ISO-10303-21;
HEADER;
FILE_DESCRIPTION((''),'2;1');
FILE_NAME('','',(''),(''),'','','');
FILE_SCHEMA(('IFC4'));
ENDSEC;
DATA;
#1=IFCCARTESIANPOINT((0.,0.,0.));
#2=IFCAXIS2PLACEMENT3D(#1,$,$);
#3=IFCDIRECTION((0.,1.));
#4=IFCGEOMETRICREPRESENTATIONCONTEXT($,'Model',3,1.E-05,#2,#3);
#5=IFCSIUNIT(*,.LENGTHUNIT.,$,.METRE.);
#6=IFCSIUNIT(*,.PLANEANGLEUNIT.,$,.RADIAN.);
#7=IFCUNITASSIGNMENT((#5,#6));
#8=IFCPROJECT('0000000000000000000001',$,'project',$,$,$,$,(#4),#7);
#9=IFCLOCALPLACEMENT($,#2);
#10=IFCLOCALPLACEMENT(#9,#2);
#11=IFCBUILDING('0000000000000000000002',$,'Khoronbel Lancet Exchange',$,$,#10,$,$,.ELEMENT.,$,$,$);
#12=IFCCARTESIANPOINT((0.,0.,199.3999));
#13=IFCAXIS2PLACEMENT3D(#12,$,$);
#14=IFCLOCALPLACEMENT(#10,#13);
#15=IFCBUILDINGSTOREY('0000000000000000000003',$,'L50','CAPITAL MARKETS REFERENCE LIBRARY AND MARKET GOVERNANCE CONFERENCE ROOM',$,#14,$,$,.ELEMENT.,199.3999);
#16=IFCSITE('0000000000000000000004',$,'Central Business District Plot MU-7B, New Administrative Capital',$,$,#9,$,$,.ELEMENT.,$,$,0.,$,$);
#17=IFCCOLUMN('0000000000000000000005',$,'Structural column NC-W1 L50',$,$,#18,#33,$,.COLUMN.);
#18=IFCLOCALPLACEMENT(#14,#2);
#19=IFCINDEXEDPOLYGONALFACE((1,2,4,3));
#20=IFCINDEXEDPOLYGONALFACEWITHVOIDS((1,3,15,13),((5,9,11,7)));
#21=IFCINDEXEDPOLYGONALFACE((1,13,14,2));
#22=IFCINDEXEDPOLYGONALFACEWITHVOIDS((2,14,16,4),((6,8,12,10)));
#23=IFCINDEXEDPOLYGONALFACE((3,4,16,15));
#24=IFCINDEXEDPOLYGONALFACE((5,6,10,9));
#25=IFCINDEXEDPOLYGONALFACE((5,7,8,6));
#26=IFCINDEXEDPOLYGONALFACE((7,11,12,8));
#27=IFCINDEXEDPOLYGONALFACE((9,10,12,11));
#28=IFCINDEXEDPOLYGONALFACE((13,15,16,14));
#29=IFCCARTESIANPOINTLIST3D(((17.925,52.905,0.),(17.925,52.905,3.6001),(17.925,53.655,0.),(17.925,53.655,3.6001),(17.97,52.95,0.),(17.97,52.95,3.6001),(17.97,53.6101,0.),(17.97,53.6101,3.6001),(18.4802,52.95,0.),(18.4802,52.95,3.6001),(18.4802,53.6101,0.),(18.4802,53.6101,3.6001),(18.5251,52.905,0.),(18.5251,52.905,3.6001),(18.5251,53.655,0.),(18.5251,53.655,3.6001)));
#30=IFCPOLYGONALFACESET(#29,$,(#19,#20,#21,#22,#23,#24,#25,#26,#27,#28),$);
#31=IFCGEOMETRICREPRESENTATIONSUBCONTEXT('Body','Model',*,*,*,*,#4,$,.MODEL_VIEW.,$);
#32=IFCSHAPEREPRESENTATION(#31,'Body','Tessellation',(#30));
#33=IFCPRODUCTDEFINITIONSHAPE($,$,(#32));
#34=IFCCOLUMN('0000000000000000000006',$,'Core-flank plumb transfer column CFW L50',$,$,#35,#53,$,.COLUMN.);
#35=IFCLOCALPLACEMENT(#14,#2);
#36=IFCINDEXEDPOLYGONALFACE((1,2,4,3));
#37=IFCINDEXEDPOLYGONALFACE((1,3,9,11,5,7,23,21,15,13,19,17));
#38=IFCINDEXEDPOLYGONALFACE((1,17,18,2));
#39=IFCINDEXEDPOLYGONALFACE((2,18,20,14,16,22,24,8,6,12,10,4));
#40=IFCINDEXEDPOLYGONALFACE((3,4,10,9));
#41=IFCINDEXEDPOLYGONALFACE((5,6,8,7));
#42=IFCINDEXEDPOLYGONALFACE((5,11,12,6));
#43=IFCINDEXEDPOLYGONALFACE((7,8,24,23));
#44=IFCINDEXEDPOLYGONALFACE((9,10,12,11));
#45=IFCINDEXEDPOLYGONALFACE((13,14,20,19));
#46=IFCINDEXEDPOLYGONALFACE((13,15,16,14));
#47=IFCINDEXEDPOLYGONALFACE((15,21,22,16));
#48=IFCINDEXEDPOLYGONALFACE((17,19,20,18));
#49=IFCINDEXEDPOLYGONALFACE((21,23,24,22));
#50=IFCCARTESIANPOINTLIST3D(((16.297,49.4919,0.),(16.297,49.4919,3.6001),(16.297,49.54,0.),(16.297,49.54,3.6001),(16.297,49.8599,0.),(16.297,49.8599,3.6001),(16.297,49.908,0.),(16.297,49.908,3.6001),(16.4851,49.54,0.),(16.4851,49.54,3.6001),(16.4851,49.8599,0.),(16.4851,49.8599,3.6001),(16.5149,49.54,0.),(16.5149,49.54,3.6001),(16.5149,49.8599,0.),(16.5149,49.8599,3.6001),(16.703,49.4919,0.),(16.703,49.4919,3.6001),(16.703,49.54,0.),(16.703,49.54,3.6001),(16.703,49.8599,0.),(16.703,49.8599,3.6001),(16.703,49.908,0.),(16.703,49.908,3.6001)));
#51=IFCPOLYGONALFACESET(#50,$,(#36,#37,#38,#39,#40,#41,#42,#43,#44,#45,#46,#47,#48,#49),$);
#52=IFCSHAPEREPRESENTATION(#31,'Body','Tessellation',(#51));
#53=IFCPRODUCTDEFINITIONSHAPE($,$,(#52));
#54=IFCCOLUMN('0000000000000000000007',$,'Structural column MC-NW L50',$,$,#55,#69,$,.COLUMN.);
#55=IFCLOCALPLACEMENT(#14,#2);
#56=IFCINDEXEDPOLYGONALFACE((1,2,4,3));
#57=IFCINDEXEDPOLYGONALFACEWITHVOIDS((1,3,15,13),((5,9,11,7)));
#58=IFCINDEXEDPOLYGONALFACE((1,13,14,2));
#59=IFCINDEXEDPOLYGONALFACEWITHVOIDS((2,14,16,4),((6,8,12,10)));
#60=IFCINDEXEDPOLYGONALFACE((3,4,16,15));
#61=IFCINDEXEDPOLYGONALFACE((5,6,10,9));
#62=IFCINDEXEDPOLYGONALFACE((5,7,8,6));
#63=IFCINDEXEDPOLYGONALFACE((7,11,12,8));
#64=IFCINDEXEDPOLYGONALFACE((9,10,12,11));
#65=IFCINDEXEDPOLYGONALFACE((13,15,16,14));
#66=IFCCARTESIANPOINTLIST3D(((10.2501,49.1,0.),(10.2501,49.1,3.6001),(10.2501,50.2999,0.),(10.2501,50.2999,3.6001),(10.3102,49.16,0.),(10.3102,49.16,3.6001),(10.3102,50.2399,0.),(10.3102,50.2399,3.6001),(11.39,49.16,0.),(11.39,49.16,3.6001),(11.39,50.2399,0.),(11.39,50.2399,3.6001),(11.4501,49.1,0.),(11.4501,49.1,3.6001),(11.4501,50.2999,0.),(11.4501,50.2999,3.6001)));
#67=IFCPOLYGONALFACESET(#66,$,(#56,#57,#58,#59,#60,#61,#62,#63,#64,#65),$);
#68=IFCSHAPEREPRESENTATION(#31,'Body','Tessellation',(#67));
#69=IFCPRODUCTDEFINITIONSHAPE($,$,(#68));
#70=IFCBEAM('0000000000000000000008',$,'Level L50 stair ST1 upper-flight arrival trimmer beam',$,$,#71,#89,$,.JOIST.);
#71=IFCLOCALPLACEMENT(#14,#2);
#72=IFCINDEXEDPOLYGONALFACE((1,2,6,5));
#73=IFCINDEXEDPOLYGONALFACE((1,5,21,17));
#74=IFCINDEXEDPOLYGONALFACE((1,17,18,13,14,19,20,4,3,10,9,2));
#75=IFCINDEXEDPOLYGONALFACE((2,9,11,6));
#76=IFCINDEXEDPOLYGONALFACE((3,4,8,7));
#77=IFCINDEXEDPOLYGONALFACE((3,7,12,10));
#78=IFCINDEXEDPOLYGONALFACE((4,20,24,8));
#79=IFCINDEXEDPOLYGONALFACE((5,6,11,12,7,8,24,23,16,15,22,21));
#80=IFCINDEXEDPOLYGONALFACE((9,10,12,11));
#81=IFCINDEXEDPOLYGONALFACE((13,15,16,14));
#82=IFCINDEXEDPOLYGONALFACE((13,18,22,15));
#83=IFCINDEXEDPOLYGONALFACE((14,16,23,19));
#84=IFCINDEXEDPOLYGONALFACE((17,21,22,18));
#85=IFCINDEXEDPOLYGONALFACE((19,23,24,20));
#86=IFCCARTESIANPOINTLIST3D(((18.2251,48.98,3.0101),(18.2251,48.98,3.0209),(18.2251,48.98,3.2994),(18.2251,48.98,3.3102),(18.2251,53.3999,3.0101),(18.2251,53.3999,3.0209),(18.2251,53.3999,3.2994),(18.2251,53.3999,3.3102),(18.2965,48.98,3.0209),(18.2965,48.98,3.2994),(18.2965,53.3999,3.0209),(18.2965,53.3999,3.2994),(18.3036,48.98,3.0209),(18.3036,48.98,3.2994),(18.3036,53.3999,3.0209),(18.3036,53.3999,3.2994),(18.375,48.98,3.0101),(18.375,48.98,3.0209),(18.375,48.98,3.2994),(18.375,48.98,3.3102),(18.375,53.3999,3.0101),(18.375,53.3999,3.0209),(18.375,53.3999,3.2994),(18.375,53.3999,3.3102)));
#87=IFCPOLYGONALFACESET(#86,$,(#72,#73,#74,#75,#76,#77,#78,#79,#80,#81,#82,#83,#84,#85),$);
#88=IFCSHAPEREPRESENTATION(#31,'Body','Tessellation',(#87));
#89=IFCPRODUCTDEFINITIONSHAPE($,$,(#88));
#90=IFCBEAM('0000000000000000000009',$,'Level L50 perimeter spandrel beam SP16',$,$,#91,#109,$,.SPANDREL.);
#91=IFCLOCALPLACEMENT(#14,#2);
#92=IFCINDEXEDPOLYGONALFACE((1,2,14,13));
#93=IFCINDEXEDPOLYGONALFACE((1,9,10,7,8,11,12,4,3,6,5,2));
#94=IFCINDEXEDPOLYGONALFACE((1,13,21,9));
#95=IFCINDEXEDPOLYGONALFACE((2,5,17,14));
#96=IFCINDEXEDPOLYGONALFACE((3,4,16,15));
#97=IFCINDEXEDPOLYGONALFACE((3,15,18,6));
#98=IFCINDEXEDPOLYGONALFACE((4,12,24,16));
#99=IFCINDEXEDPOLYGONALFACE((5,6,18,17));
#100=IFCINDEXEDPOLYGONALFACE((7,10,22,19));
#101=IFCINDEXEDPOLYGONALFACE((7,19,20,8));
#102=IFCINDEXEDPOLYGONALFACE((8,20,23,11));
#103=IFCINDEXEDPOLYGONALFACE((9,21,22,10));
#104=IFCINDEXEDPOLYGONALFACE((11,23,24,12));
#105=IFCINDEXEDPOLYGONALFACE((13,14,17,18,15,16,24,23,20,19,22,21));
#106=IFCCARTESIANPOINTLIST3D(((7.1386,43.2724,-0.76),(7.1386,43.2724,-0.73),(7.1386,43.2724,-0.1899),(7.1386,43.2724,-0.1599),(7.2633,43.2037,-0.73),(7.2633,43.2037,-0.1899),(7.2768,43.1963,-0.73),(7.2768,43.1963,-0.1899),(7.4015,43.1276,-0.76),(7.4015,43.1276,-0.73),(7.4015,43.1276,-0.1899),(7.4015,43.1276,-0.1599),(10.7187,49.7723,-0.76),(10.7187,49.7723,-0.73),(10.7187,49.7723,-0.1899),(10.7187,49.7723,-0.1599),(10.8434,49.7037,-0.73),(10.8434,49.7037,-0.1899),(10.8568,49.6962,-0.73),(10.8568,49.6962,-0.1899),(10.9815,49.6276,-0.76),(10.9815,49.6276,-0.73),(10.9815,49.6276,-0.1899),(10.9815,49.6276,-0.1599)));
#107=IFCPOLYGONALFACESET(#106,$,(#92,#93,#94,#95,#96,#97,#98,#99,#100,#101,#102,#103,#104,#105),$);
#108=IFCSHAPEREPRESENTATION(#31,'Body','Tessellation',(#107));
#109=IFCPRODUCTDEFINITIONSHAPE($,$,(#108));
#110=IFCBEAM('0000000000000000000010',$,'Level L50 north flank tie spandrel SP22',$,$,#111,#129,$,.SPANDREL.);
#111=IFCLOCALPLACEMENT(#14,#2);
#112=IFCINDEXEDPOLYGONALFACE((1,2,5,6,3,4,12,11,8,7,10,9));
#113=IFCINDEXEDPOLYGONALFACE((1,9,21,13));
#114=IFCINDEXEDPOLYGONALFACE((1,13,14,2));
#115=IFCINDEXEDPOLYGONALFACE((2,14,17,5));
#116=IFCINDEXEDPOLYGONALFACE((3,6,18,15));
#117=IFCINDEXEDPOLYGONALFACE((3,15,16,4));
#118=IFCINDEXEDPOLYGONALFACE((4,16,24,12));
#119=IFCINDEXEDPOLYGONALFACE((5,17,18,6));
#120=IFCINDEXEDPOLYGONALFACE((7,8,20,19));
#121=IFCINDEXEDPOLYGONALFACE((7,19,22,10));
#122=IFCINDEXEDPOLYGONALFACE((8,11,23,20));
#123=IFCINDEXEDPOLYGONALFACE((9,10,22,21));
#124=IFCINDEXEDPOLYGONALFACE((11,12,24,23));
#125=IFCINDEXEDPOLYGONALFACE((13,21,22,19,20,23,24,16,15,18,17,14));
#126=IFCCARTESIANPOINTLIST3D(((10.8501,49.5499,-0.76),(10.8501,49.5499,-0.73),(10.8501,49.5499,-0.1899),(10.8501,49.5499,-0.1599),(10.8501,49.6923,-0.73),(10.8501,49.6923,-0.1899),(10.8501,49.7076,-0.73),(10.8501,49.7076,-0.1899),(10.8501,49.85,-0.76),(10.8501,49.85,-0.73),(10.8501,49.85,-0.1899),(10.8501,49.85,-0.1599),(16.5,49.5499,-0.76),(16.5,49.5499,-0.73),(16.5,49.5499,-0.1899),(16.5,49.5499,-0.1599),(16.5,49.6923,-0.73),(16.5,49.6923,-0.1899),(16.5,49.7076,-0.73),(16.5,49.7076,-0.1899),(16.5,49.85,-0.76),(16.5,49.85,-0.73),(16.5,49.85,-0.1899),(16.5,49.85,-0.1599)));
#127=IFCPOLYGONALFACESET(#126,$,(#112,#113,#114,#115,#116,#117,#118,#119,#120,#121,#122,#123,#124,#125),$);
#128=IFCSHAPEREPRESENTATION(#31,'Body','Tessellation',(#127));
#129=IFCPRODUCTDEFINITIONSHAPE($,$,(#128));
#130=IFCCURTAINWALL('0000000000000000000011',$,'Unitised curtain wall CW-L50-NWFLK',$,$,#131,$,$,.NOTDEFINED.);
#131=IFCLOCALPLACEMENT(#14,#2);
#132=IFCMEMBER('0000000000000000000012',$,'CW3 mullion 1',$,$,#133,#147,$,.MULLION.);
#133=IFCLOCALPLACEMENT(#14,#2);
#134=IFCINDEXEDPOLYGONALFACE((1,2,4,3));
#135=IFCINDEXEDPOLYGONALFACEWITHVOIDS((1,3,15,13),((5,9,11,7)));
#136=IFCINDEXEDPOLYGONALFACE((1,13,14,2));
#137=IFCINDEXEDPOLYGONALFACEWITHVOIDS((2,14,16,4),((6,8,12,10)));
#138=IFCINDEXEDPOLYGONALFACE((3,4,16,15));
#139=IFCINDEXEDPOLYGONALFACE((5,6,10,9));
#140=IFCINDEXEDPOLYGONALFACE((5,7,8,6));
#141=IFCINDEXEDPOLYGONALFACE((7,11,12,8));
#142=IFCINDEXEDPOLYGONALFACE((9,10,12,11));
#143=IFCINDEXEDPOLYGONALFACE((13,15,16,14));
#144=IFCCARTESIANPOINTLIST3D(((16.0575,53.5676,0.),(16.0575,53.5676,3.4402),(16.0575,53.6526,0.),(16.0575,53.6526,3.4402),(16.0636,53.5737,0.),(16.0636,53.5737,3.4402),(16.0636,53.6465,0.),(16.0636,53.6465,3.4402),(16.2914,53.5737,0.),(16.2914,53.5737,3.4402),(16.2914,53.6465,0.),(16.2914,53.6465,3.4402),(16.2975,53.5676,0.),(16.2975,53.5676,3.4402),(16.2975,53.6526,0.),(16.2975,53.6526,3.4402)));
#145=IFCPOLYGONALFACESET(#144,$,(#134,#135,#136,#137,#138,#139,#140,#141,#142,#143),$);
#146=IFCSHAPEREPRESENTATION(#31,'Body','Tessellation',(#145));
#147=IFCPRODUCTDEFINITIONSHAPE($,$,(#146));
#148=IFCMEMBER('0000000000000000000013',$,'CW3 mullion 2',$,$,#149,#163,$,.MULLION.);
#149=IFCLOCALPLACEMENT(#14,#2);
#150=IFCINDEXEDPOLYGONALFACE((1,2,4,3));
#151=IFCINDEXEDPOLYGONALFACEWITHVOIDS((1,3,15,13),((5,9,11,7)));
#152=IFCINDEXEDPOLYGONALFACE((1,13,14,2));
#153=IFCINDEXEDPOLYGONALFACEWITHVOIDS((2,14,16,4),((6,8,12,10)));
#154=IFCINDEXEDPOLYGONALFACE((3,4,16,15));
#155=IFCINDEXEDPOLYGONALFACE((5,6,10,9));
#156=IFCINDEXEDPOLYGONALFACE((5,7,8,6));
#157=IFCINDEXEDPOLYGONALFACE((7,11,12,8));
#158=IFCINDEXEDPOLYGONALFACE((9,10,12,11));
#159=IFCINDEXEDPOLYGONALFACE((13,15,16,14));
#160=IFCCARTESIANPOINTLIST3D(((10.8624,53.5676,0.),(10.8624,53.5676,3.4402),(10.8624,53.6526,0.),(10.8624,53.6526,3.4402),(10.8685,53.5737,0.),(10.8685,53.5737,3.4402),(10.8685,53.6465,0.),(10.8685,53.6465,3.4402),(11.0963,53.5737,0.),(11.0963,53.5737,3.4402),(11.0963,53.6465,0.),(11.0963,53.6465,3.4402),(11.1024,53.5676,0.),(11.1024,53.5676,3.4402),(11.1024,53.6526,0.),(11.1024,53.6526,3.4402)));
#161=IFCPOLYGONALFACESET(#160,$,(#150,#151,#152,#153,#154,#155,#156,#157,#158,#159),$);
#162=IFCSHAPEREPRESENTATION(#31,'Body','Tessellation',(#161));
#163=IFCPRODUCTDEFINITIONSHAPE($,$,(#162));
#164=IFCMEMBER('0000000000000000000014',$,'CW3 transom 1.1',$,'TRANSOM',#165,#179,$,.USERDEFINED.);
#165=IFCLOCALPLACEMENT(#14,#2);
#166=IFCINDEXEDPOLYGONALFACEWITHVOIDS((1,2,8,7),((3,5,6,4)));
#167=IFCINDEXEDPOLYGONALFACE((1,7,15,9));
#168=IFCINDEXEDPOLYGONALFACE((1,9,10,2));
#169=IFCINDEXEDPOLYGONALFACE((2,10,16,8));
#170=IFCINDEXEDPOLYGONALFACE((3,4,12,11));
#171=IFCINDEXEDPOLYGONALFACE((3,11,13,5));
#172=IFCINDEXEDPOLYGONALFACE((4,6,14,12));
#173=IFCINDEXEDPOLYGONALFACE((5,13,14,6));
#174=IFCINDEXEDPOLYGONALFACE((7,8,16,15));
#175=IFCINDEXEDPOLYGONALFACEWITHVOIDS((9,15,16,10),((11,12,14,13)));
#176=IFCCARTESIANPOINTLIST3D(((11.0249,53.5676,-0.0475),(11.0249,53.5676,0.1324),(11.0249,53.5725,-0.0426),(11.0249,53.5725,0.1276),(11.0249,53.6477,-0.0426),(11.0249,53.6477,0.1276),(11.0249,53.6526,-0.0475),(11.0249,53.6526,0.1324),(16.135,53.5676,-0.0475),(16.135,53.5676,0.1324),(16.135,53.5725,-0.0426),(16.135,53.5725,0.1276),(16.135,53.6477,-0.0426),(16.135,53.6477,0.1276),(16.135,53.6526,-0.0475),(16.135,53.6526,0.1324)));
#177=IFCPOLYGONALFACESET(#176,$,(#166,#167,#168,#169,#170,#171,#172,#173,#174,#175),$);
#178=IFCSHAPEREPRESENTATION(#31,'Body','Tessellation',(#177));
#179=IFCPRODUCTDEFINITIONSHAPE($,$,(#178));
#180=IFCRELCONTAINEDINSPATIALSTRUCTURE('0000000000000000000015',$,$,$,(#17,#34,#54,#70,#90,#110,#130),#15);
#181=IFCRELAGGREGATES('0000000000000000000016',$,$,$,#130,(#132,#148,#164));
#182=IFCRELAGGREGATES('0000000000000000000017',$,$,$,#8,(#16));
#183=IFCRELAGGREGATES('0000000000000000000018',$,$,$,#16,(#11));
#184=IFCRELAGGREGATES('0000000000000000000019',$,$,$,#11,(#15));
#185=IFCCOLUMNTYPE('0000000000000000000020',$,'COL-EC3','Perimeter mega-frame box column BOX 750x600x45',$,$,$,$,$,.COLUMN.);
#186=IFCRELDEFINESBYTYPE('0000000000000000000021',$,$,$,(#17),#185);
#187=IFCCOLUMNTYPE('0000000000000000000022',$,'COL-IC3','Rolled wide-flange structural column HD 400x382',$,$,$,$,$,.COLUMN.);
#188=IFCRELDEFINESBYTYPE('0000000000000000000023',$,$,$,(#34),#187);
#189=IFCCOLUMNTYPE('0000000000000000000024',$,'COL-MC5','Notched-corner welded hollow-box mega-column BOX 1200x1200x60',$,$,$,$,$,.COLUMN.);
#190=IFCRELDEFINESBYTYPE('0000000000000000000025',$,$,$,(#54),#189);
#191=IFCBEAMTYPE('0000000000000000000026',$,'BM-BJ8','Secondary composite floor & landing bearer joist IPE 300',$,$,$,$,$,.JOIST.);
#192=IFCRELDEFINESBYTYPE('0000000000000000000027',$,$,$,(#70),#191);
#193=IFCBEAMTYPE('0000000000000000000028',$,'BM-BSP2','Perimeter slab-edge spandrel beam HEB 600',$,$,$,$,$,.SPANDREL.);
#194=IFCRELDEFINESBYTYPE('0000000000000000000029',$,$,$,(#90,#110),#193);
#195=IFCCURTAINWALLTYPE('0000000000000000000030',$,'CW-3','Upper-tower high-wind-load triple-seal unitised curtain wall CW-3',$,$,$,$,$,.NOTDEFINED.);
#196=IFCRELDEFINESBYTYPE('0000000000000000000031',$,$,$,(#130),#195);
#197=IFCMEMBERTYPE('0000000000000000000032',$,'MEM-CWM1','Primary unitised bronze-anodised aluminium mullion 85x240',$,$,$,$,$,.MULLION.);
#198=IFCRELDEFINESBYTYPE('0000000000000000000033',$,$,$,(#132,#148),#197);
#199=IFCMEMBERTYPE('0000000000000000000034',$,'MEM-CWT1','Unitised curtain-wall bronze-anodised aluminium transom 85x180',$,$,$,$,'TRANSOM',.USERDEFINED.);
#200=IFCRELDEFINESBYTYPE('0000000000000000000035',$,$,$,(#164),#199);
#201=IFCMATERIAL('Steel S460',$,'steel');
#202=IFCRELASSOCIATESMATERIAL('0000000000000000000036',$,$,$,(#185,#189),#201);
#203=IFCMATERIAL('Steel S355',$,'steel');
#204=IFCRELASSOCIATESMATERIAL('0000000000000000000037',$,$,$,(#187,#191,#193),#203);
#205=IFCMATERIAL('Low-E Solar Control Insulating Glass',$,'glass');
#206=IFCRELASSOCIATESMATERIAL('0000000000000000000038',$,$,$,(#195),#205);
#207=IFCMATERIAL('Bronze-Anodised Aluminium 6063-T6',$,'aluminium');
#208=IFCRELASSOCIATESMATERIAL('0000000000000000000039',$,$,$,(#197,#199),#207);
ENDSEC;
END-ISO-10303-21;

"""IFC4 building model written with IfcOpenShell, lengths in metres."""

from ifc_helpers import new_model, si_unit, direction, frame, origin, origin_2d, place, context, subcontext, project, spatial, hollow_rectangle, i_section, extrude, material, material_profile, profile_set, type_object, element, aggregate, save


model = new_model("IFC4")

# Units and contexts
model_context = context("Model", 3, precision=1e-05, world=origin(), true_north=direction((0.0, 1.0)))
body_context = subcontext(model_context, "Body", "Model", "MODEL_VIEW")
ifc_project = project(units=[si_unit("LENGTHUNIT", "METRE"), si_unit("PLANEANGLEUNIT", "RADIAN")], contexts=[model_context])

# Site, building, storey
site_placement = place(None, origin())
site = spatial("IfcSite", under=ifc_project, at=site_placement, Name="Central Business District Plot MU-7B, New Administrative Capital", CompositionType="ELEMENT", RefElevation=0.0)
building_placement = place(site_placement, origin())
building = spatial("IfcBuilding", under=site, at=building_placement, Name="Khoronbel Lancet Exchange", CompositionType="ELEMENT")
storey_placement = place(building_placement, frame((0.0, 0.0, 199.3999)))
storey = spatial("IfcBuildingStorey", under=building, at=storey_placement, Name="L50", Description="CAPITAL MARKETS REFERENCE LIBRARY AND MARKET GOVERNANCE CONFERENCE ROOM", CompositionType="ELEMENT", Elevation=199.3999)

# Columns
ifc_material_1 = material(Name="Steel S460", Category="steel")
ifc_material_profile_1 = material_profile(ifc_material_1, hollow_rectangle(XDim=0.6001, YDim=0.75, WallThickness=0.0449, at=origin_2d()), Name="BOX 750x600x45")
ifc_profile_set_1 = profile_set([ifc_material_profile_1], Name="Steel S460")
column_type_1 = type_object("IfcColumnType", Name="COL-EC3", Description="Perimeter mega-frame box column BOX 750x600x45", PredefinedType="COLUMN", material=ifc_profile_set_1)
column_1_placement = place(storey_placement, frame((18.2251, 53.28, 0.0), z_axis=(0.0, 0.0, 1.0), x_axis=(1.0, 0.0, 0.0)))
element("IfcColumn", 1, at=column_1_placement, inside=storey, type_object=column_type_1, Name="Structural column NC-W1 L50", PredefinedType="COLUMN", context=body_context, shape_type="SweptSolid", body=[
    extrude(hollow_rectangle(XDim=0.6001, YDim=0.75, WallThickness=0.0449, at=origin_2d()), origin(), (0.0, 0.0, 1.0), 3.6001),
])
ifc_material_2 = material(Name="Steel S355", Category="steel")
ifc_material_profile_2 = material_profile(ifc_material_2, i_section(OverallWidth=0.406, OverallDepth=0.416, WebThickness=0.0298, FlangeThickness=0.0481, at=origin_2d()), Name="HD 400x382")
ifc_profile_set_2 = profile_set([ifc_material_profile_2], Name="Steel S355")
column_type_2 = type_object("IfcColumnType", Name="COL-IC3", Description="Rolled wide-flange structural column HD 400x382", PredefinedType="COLUMN", material=ifc_profile_set_2)
column_2_placement = place(storey_placement, frame((16.5, 49.7, 0.0), z_axis=(0.0, 0.0, 1.0), x_axis=(1.0, 0.0, 0.0)))
element("IfcColumn", 2, at=column_2_placement, inside=storey, type_object=column_type_2, Name="Core-flank plumb transfer column CFW L50", PredefinedType="COLUMN", context=body_context, shape_type="SweptSolid", body=[
    extrude(i_section(OverallWidth=0.406, OverallDepth=0.416, WebThickness=0.0298, FlangeThickness=0.0481, at=origin_2d()), origin(), (0.0, 0.0, 1.0), 3.6001),
])
ifc_material_profile_3 = material_profile(ifc_material_1, hollow_rectangle(XDim=1.2, YDim=1.2, WallThickness=0.0601, at=origin_2d()), Name="BOX 1200x1200x60")
ifc_profile_set_3 = profile_set([ifc_material_profile_3], Name="Steel S460")
column_type_3 = type_object("IfcColumnType", Name="COL-MC5", Description="Notched-corner welded hollow-box mega-column BOX 1200x1200x60", PredefinedType="COLUMN", material=ifc_profile_set_3)
column_3_placement = place(storey_placement, frame((10.8501, 49.7, 0.0), z_axis=(0.0, 0.0, 1.0), x_axis=(1.0, 0.0, 0.0)))
element("IfcColumn", 3, at=column_3_placement, inside=storey, type_object=column_type_3, Name="Structural column MC-NW L50", PredefinedType="COLUMN", context=body_context, shape_type="SweptSolid", body=[
    extrude(hollow_rectangle(XDim=1.2, YDim=1.2, WallThickness=0.0601, at=origin_2d()), origin(), (0.0, 0.0, 1.0), 3.6001),
])

# Beams
ifc_material_profile_4 = material_profile(ifc_material_2, i_section(OverallWidth=0.1499, OverallDepth=0.3, WebThickness=0.0071, FlangeThickness=0.0107, at=origin_2d()), Name="IPE 300")
ifc_profile_set_4 = profile_set([ifc_material_profile_4], Name="Steel S355")
beam_type_1 = type_object("IfcBeamType", Name="BM-BJ8", Description="Secondary composite floor & landing bearer joist IPE 300", PredefinedType="JOIST", material=ifc_profile_set_4)
beam_1_placement = place(storey_placement, frame((18.3, 48.98, 3.1602), z_axis=(0.0, 1.0, 0.0), x_axis=(-1.0, 0.0, 0.0)))
element("IfcBeam", 4, at=beam_1_placement, inside=storey, type_object=beam_type_1, Name="Level L50 stair ST1 upper-flight arrival trimmer beam", PredefinedType="JOIST", context=body_context, shape_type="SweptSolid", body=[
    extrude(i_section(OverallWidth=0.1499, OverallDepth=0.3, WebThickness=0.0071, FlangeThickness=0.0107, at=origin_2d()), origin(), (0.0, 0.0, 1.0), 4.4199),
])
ifc_material_profile_5 = material_profile(ifc_material_2, i_section(OverallWidth=0.3, OverallDepth=0.6001, WebThickness=0.0154, FlangeThickness=0.03, at=origin_2d()), Name="HEB 600")
ifc_profile_set_5 = profile_set([ifc_material_profile_5], Name="Steel S355")
beam_type_2 = type_object("IfcBeamType", Name="BM-BSP2", Description="Perimeter slab-edge spandrel beam HEB 600", PredefinedType="SPANDREL", material=ifc_profile_set_5)
beam_2_placement = place(storey_placement, frame((10.8501, 49.7, -0.46), z_axis=(-0.482444, -0.875927, 0.0), x_axis=(0.875927, -0.482444, 0.0)))
element("IfcBeam", 5, at=beam_2_placement, inside=storey, type_object=beam_type_2, Name="Level L50 perimeter spandrel beam SP16", PredefinedType="SPANDREL", context=body_context, shape_type="SweptSolid", body=[
    extrude(i_section(OverallWidth=0.3, OverallDepth=0.6001, WebThickness=0.0154, FlangeThickness=0.03, at=origin_2d()), origin(), (0.0, 0.0, 1.0), 7.4207),
])
beam_3_placement = place(storey_placement, frame((10.8501, 49.7, -0.46), z_axis=(1.0, 0.0, 0.0), x_axis=(0.0, 1.0, 0.0)))
element("IfcBeam", 6, at=beam_3_placement, inside=storey, type_object=beam_type_2, Name="Level L50 north flank tie spandrel SP22", PredefinedType="SPANDREL", context=body_context, shape_type="SweptSolid", body=[
    extrude(i_section(OverallWidth=0.3, OverallDepth=0.6001, WebThickness=0.0154, FlangeThickness=0.03, at=origin_2d()), origin(), (0.0, 0.0, 1.0), 5.6499),
])

# Curtain wall, members
ifc_material_3 = material(Name="Low-E Solar Control Insulating Glass", Category="glass")
curtain_wall_type = type_object("IfcCurtainWallType", Name="CW-3", Description="Upper-tower high-wind-load triple-seal unitised curtain wall CW-3", PredefinedType="NOTDEFINED", material=ifc_material_3)
curtain_wall_placement = place(storey_placement, origin())
curtain_wall = element("IfcCurtainWall", 7, at=curtain_wall_placement, inside=storey, type_object=curtain_wall_type, Name="Unitised curtain wall CW-L50-NWFLK", PredefinedType="NOTDEFINED")
ifc_material_4 = material(Name="Bronze-Anodised Aluminium 6063-T6", Category="aluminium")
ifc_material_profile_6 = material_profile(ifc_material_4, hollow_rectangle(XDim=0.085, YDim=0.24, WallThickness=0.0061, at=origin_2d()), Name="ALU MULLION 85x240")
ifc_profile_set_6 = profile_set([ifc_material_profile_6], Name="Bronze-Anodised Aluminium 6063-T6")
member_type_1 = type_object("IfcMemberType", Name="MEM-CWM1", Description="Primary unitised bronze-anodised aluminium mullion 85x240", PredefinedType="MULLION", material=ifc_profile_set_6)
member_1_placement = place(storey_placement, frame((16.1775, 53.6101, 0.0), z_axis=(0.0, 0.0, 1.0), x_axis=(0.0, -1.0, 0.0)))
member_1 = element("IfcMember", 8, at=member_1_placement, type_object=member_type_1, Name="CW3 mullion 1", PredefinedType="MULLION", context=body_context, shape_type="SweptSolid", body=[
    extrude(hollow_rectangle(XDim=0.085, YDim=0.24, WallThickness=0.0061, at=origin_2d()), origin(), (0.0, 0.0, 1.0), 3.4402),
])
member_2_placement = place(storey_placement, frame((10.9824, 53.6101, 0.0), z_axis=(0.0, 0.0, 1.0), x_axis=(0.0, -1.0, 0.0)))
member_2 = element("IfcMember", 9, at=member_2_placement, type_object=member_type_1, Name="CW3 mullion 2", PredefinedType="MULLION", context=body_context, shape_type="SweptSolid", body=[
    extrude(hollow_rectangle(XDim=0.085, YDim=0.24, WallThickness=0.0061, at=origin_2d()), origin(), (0.0, 0.0, 1.0), 3.4402),
])
ifc_material_profile_7 = material_profile(ifc_material_4, hollow_rectangle(XDim=0.085, YDim=0.1799, WallThickness=0.0049, at=origin_2d()), Name="ALU TRANSOM 85x180")
ifc_profile_set_7 = profile_set([ifc_material_profile_7], Name="Bronze-Anodised Aluminium 6063-T6")
member_type_2 = type_object("IfcMemberType", Name="MEM-CWT1", Description="Unitised curtain-wall bronze-anodised aluminium transom 85x180", ElementType="TRANSOM", PredefinedType="USERDEFINED", material=ifc_profile_set_7)
member_3_placement = place(storey_placement, frame((16.135, 53.6101, 0.0425), z_axis=(-1.0, 0.0, 0.0), x_axis=(0.0, -1.0, 0.0)))
member_3 = element("IfcMember", 10, at=member_3_placement, type_object=member_type_2, Name="CW3 transom 1.1", ObjectType="TRANSOM", PredefinedType="USERDEFINED", context=body_context, shape_type="SweptSolid", body=[
    extrude(hollow_rectangle(XDim=0.085, YDim=0.1799, WallThickness=0.0049, at=origin_2d()), origin(), (0.0, 0.0, 1.0), 5.1101),
])

aggregate(curtain_wall, [member_1, member_2, member_3])

save(model, "model.ifc")
